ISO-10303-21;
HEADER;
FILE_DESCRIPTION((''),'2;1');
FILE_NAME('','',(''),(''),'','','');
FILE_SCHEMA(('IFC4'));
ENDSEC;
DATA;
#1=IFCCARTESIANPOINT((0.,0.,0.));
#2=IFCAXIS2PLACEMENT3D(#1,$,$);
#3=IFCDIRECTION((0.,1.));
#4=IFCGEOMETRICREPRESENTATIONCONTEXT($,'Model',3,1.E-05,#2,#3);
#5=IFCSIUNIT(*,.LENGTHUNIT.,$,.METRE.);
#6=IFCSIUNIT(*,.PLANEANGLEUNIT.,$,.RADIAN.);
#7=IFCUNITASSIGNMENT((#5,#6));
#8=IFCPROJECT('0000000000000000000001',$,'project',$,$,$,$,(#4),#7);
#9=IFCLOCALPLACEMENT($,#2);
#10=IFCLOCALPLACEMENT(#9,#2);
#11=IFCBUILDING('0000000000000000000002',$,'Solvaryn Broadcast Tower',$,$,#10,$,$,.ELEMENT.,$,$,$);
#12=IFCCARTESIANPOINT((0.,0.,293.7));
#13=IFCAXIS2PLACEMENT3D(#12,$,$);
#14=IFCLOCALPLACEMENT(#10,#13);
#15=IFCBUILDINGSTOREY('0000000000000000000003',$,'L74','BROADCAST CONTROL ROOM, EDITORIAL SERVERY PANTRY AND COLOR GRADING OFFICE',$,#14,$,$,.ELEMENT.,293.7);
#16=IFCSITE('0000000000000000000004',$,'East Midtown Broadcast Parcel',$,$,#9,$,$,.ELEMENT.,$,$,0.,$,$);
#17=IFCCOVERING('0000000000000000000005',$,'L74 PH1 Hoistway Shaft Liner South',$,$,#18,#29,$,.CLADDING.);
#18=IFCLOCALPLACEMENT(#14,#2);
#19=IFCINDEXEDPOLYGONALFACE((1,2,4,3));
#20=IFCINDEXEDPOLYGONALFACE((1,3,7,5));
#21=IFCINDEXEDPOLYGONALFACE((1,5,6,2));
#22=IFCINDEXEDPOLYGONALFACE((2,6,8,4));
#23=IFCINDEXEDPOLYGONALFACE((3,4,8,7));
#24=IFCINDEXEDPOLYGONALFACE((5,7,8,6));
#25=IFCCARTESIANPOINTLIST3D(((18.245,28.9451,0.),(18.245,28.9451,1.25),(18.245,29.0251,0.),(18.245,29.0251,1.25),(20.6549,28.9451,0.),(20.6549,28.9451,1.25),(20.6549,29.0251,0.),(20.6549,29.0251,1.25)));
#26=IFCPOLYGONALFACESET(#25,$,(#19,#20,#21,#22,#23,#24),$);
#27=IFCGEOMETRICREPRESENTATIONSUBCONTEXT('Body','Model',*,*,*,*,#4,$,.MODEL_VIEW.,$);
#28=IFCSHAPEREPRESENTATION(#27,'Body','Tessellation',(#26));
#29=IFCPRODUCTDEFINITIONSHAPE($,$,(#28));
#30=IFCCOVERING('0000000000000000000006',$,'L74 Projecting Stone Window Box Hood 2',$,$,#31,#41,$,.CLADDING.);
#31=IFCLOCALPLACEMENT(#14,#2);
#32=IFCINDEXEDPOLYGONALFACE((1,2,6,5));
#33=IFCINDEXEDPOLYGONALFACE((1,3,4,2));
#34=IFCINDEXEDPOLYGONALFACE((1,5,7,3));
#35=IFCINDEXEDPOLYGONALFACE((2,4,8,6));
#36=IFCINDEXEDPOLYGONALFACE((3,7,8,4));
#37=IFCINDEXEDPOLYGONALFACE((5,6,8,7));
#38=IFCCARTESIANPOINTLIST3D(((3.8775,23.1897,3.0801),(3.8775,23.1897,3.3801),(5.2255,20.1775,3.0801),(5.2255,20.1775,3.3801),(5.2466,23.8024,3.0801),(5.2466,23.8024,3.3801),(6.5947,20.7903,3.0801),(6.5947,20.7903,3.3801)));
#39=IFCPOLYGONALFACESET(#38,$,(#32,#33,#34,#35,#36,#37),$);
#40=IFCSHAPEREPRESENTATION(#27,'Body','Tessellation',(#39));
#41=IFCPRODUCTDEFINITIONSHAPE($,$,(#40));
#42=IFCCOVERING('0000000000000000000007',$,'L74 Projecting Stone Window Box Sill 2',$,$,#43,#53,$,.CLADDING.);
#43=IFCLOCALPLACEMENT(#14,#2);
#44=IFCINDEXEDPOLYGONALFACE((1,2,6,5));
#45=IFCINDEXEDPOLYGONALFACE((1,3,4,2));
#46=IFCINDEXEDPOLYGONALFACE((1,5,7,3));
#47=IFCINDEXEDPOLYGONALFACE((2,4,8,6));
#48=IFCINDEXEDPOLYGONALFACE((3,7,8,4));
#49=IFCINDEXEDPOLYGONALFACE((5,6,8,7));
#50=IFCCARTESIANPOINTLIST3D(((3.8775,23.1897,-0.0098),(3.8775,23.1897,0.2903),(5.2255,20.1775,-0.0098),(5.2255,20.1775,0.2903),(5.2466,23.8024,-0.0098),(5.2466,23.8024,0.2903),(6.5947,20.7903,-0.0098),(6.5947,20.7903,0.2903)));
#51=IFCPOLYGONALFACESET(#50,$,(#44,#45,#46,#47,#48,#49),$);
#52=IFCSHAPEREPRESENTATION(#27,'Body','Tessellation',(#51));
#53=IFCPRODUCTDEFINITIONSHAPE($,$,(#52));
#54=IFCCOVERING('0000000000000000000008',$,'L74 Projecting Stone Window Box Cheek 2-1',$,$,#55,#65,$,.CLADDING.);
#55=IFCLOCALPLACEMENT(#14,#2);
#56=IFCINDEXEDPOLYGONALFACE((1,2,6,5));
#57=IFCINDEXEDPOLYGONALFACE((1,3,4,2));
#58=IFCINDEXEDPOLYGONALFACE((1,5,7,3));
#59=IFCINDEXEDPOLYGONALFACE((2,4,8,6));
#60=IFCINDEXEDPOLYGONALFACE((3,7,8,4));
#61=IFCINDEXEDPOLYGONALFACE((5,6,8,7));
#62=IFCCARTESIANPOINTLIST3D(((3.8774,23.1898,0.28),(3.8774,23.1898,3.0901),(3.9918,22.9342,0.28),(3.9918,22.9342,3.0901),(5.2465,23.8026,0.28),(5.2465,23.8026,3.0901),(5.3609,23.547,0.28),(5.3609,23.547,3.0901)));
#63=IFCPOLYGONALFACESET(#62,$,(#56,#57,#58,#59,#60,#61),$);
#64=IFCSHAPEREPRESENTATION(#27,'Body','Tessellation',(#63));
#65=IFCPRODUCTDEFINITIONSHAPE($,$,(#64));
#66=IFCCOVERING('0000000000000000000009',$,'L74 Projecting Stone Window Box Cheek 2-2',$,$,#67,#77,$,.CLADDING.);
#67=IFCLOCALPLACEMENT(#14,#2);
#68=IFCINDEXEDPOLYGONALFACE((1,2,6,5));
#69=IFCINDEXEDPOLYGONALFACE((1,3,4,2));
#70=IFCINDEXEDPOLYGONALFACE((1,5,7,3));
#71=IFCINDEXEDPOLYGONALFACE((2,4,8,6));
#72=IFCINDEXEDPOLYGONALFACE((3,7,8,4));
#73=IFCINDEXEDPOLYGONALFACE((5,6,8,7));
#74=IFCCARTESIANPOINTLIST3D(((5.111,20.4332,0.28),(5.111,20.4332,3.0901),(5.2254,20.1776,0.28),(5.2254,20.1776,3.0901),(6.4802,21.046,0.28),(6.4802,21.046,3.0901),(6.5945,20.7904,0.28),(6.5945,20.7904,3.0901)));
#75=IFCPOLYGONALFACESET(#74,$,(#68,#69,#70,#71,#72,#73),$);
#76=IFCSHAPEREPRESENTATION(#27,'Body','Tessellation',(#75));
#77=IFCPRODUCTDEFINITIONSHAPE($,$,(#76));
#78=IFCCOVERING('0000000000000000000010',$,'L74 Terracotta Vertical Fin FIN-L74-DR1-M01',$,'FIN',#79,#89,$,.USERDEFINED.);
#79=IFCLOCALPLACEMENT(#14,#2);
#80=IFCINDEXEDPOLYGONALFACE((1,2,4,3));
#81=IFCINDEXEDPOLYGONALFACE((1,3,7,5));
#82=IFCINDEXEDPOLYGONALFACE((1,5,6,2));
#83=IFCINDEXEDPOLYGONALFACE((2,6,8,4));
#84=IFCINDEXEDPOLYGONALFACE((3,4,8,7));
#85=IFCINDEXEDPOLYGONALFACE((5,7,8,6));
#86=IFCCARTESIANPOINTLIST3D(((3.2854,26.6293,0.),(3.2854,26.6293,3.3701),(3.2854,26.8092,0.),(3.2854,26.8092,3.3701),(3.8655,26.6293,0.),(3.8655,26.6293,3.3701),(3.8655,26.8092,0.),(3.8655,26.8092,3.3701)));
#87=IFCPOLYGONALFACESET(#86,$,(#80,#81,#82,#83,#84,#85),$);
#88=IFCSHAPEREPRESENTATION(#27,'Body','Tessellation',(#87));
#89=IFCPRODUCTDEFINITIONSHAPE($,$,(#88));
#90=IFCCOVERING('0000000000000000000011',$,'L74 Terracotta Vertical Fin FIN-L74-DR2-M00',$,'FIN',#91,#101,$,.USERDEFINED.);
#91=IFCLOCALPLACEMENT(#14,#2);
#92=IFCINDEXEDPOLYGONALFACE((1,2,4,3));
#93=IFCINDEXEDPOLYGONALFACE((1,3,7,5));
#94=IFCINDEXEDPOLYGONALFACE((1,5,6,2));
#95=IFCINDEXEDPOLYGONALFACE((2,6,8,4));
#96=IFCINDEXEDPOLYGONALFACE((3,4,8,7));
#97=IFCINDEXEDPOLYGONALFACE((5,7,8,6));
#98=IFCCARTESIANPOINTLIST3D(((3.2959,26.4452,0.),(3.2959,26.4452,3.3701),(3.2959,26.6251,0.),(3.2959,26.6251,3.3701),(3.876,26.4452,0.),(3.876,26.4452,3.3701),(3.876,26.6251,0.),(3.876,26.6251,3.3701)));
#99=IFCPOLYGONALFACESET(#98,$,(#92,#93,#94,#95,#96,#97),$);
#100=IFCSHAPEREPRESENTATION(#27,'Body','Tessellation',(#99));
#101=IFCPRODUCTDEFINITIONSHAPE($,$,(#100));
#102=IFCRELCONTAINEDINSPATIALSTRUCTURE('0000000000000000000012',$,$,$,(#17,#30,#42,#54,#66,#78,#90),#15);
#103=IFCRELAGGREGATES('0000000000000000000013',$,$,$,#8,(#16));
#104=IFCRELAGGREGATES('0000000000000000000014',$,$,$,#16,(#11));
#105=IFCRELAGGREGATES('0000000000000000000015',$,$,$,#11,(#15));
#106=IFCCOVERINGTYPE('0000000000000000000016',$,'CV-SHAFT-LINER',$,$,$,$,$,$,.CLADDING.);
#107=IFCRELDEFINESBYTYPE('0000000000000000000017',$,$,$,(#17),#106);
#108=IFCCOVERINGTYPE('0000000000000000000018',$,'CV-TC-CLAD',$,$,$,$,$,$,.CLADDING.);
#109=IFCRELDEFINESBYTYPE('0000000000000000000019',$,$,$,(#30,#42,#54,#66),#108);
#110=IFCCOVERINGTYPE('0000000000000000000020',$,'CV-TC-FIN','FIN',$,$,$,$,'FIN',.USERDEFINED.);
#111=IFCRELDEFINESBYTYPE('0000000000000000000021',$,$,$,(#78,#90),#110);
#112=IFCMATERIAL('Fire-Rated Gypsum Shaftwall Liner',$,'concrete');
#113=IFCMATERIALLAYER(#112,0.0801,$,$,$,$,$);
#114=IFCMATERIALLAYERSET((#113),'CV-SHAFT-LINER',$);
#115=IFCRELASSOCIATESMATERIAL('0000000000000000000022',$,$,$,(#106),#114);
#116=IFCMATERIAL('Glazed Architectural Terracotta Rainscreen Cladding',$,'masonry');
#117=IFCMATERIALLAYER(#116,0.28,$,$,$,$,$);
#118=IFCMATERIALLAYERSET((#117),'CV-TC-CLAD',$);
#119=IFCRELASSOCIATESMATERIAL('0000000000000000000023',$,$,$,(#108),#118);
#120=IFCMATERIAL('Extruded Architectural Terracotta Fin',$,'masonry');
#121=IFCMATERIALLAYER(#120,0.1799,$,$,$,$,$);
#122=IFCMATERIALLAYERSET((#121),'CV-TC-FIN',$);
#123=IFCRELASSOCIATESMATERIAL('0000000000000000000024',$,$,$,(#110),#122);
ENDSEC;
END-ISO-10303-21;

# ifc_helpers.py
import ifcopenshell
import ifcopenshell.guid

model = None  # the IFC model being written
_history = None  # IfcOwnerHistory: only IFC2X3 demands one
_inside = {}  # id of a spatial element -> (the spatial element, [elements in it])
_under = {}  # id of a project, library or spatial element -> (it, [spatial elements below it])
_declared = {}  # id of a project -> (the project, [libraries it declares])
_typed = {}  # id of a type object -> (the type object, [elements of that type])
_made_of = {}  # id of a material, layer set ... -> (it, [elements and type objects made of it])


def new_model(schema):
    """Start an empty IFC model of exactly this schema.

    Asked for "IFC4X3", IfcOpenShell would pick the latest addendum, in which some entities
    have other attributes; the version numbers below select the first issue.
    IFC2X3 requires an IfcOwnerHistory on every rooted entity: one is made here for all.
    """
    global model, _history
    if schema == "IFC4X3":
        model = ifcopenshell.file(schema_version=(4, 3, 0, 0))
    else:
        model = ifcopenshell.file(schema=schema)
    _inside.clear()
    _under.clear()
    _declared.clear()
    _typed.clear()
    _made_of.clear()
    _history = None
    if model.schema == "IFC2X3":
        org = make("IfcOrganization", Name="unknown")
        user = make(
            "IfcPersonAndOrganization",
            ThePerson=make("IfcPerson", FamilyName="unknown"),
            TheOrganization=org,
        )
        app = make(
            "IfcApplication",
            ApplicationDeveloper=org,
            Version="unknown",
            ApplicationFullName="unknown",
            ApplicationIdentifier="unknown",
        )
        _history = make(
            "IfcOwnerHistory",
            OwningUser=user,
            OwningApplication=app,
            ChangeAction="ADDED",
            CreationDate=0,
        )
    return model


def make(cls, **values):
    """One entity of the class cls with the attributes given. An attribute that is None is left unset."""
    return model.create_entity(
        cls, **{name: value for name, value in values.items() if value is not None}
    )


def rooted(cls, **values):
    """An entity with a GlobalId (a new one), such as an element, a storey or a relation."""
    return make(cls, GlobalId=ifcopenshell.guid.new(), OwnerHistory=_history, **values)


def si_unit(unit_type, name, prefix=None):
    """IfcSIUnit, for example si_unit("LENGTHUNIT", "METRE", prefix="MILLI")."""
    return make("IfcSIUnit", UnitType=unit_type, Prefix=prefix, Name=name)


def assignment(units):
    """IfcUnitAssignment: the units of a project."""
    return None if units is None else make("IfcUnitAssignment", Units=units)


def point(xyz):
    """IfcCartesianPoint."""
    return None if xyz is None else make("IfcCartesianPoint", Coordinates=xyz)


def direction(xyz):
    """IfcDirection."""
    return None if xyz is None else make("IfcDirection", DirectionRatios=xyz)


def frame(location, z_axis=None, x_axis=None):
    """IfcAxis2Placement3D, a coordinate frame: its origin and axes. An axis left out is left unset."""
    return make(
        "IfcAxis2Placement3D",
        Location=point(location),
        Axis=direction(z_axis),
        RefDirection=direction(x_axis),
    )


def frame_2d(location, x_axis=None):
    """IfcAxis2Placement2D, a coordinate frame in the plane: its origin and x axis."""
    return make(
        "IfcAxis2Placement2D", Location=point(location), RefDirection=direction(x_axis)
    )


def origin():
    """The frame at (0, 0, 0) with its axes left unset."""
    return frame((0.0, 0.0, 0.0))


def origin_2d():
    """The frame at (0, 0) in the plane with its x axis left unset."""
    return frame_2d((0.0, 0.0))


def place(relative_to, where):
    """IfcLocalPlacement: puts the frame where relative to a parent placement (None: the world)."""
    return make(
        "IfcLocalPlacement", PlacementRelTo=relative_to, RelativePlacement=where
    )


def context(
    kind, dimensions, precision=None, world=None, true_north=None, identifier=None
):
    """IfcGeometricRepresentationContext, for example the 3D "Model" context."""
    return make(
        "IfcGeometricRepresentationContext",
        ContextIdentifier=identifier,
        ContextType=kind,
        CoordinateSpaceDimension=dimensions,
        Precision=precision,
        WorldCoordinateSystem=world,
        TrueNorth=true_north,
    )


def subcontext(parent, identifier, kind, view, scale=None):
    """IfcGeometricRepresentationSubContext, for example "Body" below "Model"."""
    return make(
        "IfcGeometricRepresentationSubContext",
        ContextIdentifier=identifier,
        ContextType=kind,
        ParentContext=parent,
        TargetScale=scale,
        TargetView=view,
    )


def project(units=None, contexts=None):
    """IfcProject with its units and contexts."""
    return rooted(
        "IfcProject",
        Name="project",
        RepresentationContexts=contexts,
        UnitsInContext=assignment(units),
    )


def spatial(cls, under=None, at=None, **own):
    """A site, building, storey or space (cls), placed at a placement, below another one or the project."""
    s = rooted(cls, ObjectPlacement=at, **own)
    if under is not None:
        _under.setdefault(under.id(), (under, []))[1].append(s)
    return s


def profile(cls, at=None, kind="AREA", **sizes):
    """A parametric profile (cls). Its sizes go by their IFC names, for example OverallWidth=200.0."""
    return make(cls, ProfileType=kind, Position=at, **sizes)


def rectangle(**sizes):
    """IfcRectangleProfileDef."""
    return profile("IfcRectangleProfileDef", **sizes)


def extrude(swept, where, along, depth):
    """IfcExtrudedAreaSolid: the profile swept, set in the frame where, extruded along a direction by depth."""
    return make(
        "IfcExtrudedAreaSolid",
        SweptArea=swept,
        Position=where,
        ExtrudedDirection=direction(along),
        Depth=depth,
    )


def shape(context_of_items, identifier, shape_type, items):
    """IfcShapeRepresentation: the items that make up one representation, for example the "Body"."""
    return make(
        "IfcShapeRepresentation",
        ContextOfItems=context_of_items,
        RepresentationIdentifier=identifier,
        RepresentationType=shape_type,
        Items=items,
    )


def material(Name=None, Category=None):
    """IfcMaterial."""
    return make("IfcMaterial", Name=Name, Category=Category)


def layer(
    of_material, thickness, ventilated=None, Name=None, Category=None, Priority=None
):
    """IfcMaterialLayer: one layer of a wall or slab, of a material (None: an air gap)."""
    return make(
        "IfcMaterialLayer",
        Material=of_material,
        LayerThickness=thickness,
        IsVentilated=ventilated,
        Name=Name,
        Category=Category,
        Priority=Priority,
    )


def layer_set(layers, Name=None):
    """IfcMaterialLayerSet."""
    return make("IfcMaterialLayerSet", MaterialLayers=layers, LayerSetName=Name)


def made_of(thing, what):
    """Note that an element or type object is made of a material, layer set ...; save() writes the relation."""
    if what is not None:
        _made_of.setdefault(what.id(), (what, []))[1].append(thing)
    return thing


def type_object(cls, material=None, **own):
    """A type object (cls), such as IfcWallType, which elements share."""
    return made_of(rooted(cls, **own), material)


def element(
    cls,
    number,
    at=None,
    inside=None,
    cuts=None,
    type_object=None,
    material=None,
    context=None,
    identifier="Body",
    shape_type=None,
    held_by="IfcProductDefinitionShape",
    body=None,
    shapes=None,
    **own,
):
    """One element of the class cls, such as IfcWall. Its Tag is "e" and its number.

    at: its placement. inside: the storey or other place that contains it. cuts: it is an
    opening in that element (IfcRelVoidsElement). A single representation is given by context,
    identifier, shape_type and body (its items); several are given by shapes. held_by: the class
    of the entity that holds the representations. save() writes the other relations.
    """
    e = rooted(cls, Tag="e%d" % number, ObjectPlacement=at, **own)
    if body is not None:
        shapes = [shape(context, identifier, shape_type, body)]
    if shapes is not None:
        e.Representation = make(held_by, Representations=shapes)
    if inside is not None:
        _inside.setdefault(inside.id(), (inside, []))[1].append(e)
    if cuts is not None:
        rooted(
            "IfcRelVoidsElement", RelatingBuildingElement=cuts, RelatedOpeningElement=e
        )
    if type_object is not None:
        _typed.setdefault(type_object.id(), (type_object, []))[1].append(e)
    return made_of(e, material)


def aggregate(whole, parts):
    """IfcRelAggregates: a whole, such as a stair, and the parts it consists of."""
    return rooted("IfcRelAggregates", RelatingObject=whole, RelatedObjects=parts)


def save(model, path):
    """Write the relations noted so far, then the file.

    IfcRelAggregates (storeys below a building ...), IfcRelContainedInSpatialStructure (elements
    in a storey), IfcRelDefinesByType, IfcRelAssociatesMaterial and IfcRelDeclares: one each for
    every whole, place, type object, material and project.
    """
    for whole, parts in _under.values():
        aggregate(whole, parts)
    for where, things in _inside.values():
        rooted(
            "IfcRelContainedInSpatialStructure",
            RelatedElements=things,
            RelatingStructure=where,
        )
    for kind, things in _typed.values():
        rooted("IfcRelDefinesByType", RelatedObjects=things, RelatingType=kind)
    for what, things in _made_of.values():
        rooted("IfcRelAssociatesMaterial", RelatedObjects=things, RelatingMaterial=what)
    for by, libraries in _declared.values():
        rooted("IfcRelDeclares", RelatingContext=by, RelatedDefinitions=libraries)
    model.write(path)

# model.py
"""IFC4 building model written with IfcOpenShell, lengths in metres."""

from ifc_helpers import new_model, si_unit, direction, frame, origin, origin_2d, place, context, subcontext, project, spatial, rectangle, extrude, material, layer, layer_set, type_object, element, save


model = new_model("IFC4")

# Units and contexts
model_context = context("Model", 3, precision=1e-05, world=origin(), true_north=direction((0.0, 1.0)))
body_context = subcontext(model_context, "Body", "Model", "MODEL_VIEW")
ifc_project = project(units=[si_unit("LENGTHUNIT", "METRE"), si_unit("PLANEANGLEUNIT", "RADIAN")], contexts=[model_context])

# Site, building, storey
site_placement = place(None, origin())
site = spatial("IfcSite", under=ifc_project, at=site_placement, Name="East Midtown Broadcast Parcel", CompositionType="ELEMENT", RefElevation=0.0)
building_placement = place(site_placement, origin())
building = spatial("IfcBuilding", under=site, at=building_placement, Name="Solvaryn Broadcast Tower", CompositionType="ELEMENT")
storey_placement = place(building_placement, frame((0.0, 0.0, 293.7)))
storey = spatial("IfcBuildingStorey", under=building, at=storey_placement, Name="L74", Description="BROADCAST CONTROL ROOM, EDITORIAL SERVERY PANTRY AND COLOR GRADING OFFICE", CompositionType="ELEMENT", Elevation=293.7)

# Coverings
ifc_material_1 = material(Name="Fire-Rated Gypsum Shaftwall Liner", Category="concrete")
ifc_layer_1 = layer(ifc_material_1, 0.0801)
ifc_layer_set_1 = layer_set([ifc_layer_1], Name="CV-SHAFT-LINER")
covering_type_1 = type_object("IfcCoveringType", Name="CV-SHAFT-LINER", PredefinedType="CLADDING", material=ifc_layer_set_1)
covering_placement = place(storey_placement, frame((19.45, 28.9851, 0.0), z_axis=(0.0, 0.0, 1.0), x_axis=(1.0, 0.0, 0.0)))
element("IfcCovering", 1, at=covering_placement, inside=storey, type_object=covering_type_1, Name="L74 PH1 Hoistway Shaft Liner South", PredefinedType="CLADDING", context=body_context, shape_type="SweptSolid", body=[
    extrude(rectangle(XDim=2.4099, YDim=0.0801, at=origin_2d()), origin(), (0.0, 0.0, 1.0), 1.25),
])
ifc_material_2 = material(Name="Glazed Architectural Terracotta Rainscreen Cladding", Category="masonry")
ifc_layer_2 = layer(ifc_material_2, 0.28)
ifc_layer_set_2 = layer_set([ifc_layer_2], Name="CV-TC-CLAD")
covering_type_2 = type_object("IfcCoveringType", Name="CV-TC-CLAD", PredefinedType="CLADDING", material=ifc_layer_set_2)
for number, where, z_axis, x_axis, name in (
    (2, (5.2361, 21.99, 3.0801), (0.0, 0.0, 1.0), (0.40849, -0.912763, 0.0), "L74 Projecting Stone Window Box Hood 2"),
    (3, (5.2361, 21.99, -0.0098), (0.0, 0.0, 1.0), (0.40849, -0.912763, 0.0), "L74 Projecting Stone Window Box Sill 2"),
):
    element("IfcCovering", number, at=place(storey_placement, frame(where, z_axis=z_axis, x_axis=x_axis)), inside=storey, type_object=covering_type_2, Name=name, PredefinedType="CLADDING", context=body_context, shape_type="SweptSolid", body=[
        extrude(rectangle(XDim=3.3, YDim=1.5, at=origin_2d()), origin(), (0.0, 0.0, 1.0), 0.3),
    ])
for number, where, z_axis, x_axis, name in (
    (4, (4.6191, 23.3684, 0.28), (0.0, 0.0, 1.0), (0.40849, -0.912763, 0.0), "L74 Projecting Stone Window Box Cheek 2-1"),
    (5, (5.8528, 20.6118, 0.28), (0.0, 0.0, 1.0), (0.40849, -0.912763, 0.0), "L74 Projecting Stone Window Box Cheek 2-2"),
):
    element("IfcCovering", number, at=place(storey_placement, frame(where, z_axis=z_axis, x_axis=x_axis)), inside=storey, type_object=covering_type_2, Name=name, PredefinedType="CLADDING", context=body_context, shape_type="SweptSolid", body=[
        extrude(rectangle(XDim=0.28, YDim=1.5, at=origin_2d()), origin(), (0.0, 0.0, 1.0), 2.8101),
    ])
ifc_material_3 = material(Name="Extruded Architectural Terracotta Fin", Category="masonry")
ifc_layer_3 = layer(ifc_material_3, 0.1799)
ifc_layer_set_3 = layer_set([ifc_layer_3], Name="CV-TC-FIN")
covering_type_3 = type_object("IfcCoveringType", Name="CV-TC-FIN", Description="FIN", ElementType="FIN", PredefinedType="USERDEFINED", material=ifc_layer_set_3)
for number, where, z_axis, x_axis, name in (
    (6, (3.5754, 26.7192, 0.0), (0.0, 0.0, 1.0), (1.0, 0.0, 0.0), "L74 Terracotta Vertical Fin FIN-L74-DR1-M01"),
    (7, (3.5859, 26.5352, 0.0), (0.0, 0.0, 1.0), (1.0, 0.0, 0.0), "L74 Terracotta Vertical Fin FIN-L74-DR2-M00"),
):
    element("IfcCovering", number, at=place(storey_placement, frame(where, z_axis=z_axis, x_axis=x_axis)), inside=storey, type_object=covering_type_3, Name=name, ObjectType="FIN", PredefinedType="USERDEFINED", context=body_context, shape_type="SweptSolid", body=[
        extrude(rectangle(XDim=0.5801, YDim=0.1799, at=origin_2d()), origin(), (0.0, 0.0, 1.0), 3.3701),
    ])

save(model, "model.ifc")
